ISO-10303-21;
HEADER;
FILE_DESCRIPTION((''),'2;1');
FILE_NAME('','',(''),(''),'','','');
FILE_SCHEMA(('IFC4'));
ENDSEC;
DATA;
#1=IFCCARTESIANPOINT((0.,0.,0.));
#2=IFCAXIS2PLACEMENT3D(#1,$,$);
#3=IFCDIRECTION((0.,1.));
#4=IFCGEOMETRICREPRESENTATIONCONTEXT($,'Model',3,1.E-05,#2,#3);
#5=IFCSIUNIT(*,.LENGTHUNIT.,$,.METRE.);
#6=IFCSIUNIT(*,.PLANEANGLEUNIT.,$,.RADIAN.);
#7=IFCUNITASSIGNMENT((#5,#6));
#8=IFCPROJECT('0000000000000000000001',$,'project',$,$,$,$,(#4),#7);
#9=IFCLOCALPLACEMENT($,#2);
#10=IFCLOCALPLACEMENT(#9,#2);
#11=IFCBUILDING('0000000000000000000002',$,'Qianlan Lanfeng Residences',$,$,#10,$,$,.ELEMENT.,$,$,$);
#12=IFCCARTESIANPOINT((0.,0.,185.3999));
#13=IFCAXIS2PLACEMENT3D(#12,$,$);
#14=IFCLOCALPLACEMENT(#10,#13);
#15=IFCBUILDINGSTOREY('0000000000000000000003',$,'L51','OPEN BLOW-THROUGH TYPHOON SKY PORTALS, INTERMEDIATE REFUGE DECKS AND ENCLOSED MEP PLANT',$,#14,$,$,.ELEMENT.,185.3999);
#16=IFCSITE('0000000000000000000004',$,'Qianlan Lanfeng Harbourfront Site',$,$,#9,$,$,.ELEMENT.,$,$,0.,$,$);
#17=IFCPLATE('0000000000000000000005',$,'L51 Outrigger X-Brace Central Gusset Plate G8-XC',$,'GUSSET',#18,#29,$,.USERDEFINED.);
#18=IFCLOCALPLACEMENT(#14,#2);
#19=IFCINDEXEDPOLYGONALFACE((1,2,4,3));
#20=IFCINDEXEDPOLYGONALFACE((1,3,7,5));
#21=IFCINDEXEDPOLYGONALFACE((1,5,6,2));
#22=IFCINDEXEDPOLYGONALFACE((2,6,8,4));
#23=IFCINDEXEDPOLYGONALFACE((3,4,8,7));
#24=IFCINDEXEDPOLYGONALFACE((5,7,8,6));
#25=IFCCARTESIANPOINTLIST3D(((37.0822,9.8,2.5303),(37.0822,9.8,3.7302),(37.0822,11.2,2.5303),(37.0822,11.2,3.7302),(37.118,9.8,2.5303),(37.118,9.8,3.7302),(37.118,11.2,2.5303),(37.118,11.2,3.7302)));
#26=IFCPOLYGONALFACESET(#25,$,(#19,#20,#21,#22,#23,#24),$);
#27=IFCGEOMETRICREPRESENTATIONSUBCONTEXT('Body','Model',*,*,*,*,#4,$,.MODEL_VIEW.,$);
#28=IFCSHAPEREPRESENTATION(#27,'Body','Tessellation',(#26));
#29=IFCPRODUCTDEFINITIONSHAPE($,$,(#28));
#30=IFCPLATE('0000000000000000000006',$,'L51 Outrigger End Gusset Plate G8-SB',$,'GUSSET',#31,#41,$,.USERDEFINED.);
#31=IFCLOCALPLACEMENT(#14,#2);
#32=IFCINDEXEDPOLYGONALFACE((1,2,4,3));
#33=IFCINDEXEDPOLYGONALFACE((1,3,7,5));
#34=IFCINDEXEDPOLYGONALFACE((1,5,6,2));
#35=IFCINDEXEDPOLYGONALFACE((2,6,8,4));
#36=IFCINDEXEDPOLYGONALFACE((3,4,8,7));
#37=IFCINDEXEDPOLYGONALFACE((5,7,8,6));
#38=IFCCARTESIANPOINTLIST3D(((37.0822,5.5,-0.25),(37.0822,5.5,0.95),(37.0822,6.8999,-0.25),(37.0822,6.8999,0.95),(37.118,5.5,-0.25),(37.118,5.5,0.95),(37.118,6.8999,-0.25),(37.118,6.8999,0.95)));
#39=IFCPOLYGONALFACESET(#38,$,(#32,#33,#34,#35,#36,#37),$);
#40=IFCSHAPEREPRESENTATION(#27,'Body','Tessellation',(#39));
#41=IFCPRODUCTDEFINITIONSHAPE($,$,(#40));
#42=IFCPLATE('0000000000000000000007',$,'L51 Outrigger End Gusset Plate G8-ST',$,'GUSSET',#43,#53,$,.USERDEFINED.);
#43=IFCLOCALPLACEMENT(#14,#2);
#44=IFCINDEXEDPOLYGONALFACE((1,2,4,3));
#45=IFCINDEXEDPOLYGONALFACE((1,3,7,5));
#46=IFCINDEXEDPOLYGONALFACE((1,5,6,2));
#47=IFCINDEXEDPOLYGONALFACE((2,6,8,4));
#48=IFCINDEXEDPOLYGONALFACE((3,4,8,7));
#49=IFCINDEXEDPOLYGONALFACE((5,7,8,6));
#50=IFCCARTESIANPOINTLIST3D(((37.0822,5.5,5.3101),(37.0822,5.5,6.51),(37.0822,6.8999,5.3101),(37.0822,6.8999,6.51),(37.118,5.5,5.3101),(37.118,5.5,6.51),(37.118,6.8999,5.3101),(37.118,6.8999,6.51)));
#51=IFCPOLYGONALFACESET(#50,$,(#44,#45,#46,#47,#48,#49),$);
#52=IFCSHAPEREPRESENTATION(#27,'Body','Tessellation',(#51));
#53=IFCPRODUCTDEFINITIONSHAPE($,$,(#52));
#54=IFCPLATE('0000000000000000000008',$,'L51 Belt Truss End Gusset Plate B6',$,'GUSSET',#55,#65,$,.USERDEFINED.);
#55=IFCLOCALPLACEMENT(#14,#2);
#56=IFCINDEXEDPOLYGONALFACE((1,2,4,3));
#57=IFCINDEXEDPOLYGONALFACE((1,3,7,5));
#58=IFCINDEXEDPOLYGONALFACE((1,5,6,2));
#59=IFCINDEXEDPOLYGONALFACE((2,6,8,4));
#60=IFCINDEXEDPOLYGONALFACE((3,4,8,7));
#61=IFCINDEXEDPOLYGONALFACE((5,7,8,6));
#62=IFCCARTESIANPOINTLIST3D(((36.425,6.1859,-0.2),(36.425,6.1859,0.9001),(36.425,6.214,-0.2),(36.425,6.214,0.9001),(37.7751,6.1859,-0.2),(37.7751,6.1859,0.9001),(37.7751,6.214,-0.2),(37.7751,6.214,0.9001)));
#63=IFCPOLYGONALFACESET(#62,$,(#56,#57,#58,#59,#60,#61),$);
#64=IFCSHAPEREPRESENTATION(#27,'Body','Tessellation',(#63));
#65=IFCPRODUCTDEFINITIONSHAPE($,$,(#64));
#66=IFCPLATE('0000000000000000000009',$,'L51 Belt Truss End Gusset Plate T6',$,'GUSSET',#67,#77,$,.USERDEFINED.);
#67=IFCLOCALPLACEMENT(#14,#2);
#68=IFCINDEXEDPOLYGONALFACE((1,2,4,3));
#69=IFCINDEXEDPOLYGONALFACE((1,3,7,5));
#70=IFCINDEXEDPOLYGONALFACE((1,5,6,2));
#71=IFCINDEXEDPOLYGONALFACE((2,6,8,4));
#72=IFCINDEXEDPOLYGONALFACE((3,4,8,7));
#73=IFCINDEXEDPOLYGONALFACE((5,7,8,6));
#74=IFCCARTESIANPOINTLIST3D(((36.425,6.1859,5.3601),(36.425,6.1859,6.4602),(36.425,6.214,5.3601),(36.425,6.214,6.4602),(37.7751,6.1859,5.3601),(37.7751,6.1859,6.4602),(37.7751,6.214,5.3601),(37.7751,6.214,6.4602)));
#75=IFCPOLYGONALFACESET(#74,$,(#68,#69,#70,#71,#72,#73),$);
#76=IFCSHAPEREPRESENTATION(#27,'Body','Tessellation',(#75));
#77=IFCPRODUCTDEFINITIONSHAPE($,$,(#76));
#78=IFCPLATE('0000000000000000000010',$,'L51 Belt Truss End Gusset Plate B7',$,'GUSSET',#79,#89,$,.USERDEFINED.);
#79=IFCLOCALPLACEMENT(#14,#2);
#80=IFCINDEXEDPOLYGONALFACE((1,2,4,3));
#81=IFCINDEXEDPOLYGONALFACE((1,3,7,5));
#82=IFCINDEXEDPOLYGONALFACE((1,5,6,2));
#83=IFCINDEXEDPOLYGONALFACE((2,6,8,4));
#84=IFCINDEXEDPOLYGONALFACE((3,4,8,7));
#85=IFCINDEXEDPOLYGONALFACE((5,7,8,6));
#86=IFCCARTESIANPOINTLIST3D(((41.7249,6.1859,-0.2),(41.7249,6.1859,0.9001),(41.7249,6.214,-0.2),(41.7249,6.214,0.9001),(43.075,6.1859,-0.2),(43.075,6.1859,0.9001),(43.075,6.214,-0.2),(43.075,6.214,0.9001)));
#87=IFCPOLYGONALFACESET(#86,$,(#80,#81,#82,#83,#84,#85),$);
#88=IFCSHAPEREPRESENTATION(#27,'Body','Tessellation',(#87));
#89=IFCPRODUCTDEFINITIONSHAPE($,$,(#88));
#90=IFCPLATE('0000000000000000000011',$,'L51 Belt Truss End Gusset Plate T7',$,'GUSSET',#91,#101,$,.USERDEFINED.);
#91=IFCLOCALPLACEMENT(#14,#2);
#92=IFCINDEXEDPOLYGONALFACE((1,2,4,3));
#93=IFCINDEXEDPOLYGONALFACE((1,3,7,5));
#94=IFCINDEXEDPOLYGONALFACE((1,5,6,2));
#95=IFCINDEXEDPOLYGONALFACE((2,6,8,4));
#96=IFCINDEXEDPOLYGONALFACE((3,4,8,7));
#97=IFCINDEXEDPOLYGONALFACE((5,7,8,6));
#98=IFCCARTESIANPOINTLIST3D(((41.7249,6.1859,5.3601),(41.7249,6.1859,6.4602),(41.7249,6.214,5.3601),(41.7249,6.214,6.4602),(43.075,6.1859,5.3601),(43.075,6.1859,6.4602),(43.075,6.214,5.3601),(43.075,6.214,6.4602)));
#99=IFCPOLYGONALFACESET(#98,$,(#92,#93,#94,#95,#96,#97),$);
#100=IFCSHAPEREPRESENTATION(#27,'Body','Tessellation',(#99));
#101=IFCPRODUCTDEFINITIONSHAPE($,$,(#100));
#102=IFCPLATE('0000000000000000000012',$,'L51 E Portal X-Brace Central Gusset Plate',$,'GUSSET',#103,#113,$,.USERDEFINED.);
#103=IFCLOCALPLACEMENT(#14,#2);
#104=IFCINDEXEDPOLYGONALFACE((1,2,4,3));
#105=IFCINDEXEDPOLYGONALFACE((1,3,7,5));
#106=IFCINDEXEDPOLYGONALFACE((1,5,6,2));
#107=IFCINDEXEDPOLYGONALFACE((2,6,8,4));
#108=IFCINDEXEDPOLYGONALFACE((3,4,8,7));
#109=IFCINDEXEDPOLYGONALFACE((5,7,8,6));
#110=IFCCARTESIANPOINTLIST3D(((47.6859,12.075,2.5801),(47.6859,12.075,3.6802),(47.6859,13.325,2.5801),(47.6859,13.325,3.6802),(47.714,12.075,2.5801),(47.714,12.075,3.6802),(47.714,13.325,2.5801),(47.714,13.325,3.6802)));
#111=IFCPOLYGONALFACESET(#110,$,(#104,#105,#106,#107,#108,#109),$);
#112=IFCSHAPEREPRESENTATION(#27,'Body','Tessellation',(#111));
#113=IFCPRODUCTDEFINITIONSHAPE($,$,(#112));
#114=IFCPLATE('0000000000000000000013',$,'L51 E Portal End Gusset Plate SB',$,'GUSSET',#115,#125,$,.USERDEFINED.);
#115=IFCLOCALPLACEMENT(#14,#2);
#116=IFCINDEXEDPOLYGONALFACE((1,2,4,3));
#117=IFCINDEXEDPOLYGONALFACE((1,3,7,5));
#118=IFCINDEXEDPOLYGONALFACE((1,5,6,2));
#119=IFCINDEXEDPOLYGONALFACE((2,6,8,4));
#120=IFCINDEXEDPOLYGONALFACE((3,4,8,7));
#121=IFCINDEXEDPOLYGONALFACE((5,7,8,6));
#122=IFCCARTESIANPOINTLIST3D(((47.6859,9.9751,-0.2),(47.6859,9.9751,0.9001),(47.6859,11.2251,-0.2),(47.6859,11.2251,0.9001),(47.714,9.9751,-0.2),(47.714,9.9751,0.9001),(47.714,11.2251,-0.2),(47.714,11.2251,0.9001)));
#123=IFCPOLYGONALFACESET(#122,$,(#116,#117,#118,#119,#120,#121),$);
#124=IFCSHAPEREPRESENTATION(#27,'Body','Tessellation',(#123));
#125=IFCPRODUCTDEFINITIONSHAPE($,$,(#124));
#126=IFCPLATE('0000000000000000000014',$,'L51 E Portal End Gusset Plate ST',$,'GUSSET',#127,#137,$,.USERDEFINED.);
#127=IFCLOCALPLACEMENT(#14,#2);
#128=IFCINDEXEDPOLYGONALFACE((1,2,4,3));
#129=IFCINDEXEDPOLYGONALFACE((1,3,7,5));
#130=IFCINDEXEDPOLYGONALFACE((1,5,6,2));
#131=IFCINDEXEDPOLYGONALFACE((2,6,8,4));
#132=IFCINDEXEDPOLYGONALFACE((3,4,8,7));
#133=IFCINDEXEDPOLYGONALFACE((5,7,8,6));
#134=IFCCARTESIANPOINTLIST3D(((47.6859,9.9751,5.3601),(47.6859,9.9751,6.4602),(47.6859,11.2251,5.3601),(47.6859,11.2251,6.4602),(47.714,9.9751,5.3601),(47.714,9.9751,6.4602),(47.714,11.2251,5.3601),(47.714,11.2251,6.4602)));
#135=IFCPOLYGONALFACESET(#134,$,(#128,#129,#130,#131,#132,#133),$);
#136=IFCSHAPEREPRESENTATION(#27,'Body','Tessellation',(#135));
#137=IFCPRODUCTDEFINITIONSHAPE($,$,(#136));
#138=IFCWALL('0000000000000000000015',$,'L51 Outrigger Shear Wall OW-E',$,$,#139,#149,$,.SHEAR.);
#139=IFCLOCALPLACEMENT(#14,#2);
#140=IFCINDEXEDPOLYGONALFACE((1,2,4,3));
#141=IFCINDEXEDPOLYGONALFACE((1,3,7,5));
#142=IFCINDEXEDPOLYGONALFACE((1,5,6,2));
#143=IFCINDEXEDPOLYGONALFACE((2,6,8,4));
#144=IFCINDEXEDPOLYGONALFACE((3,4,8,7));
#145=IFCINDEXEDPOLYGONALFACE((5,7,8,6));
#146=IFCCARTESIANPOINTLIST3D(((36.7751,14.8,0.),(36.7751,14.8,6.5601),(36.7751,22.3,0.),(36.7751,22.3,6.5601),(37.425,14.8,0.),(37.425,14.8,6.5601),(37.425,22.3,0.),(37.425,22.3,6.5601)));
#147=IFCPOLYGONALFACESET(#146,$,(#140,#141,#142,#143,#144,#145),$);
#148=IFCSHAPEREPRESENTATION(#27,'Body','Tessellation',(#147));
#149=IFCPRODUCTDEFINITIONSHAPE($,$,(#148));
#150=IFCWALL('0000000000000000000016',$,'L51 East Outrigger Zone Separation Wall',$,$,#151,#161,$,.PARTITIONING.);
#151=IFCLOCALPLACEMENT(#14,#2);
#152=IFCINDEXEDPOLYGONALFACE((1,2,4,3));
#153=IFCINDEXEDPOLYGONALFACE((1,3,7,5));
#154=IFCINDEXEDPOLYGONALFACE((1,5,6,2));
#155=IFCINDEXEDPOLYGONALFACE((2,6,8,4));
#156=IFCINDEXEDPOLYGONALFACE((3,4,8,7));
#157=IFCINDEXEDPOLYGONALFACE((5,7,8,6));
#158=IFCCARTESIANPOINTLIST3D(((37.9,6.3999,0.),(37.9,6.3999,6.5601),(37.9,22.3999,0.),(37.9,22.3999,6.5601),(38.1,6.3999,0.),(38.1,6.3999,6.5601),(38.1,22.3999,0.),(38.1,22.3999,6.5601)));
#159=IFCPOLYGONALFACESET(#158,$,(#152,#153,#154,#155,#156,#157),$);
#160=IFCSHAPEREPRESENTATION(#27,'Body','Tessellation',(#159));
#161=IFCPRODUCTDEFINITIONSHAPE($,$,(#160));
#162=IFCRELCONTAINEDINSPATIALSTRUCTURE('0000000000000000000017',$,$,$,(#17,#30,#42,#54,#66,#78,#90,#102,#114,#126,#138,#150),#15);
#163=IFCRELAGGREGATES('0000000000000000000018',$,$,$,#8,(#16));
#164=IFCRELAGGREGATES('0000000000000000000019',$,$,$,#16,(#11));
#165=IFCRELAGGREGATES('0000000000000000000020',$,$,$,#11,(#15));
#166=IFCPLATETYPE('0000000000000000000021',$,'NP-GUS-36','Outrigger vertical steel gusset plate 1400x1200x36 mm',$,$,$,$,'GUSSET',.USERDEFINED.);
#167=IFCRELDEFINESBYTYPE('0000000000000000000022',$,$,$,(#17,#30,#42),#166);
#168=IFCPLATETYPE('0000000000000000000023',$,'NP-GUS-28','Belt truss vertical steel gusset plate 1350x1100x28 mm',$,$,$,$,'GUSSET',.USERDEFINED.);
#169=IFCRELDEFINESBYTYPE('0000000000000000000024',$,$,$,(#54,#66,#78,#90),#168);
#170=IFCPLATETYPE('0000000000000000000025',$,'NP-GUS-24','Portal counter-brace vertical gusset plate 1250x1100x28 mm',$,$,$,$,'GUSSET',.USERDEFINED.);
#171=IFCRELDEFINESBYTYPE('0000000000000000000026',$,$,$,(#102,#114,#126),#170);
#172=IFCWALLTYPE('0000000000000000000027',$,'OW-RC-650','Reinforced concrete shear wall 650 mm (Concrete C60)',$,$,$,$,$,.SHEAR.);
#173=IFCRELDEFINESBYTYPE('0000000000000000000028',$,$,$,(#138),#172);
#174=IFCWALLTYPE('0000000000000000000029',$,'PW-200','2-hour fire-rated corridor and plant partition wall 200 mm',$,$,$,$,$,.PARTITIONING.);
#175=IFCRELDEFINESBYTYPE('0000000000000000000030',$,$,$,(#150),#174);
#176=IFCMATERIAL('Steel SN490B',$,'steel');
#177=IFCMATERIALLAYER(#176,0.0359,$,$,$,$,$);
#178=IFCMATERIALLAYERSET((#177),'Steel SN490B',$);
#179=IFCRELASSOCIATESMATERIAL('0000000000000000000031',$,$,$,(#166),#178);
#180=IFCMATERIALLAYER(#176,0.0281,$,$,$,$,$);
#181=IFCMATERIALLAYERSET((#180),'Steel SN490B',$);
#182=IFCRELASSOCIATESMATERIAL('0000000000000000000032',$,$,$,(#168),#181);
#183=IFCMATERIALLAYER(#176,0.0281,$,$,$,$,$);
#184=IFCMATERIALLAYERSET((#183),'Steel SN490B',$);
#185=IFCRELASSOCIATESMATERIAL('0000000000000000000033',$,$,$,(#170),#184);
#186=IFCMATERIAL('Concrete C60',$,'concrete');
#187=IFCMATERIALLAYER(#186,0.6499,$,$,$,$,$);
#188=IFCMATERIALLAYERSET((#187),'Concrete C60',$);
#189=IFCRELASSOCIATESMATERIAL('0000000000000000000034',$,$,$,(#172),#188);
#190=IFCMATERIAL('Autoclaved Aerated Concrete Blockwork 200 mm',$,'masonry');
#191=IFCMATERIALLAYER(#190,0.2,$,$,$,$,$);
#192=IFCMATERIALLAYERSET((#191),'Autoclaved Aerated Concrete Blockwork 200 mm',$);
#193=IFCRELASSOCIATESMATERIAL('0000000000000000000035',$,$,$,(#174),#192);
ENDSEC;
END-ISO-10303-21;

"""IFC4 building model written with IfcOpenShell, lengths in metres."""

from ifc_helpers import new_model, si_unit, direction, frame, frame_2d, origin, origin_2d, place, context, subcontext, project, spatial, rectangle, extrude, source, transform, mapped, material, layer, layer_set, type_object, element, save


model = new_model("IFC4")

# Units and contexts
model_context = context("Model", 3, precision=1e-05, world=origin(), true_north=direction((0.0, 1.0)))
body_context = subcontext(model_context, "Body", "Model", "MODEL_VIEW")
ifc_project = project(units=[si_unit("LENGTHUNIT", "METRE"), si_unit("PLANEANGLEUNIT", "RADIAN")], contexts=[model_context])

# Site, building, storey
site_placement = place(None, origin())
site = spatial("IfcSite", under=ifc_project, at=site_placement, Name="Qianlan Lanfeng Harbourfront Site", CompositionType="ELEMENT", RefElevation=0.0)
building_placement = place(site_placement, origin())
building = spatial("IfcBuilding", under=site, at=building_placement, Name="Qianlan Lanfeng Residences", CompositionType="ELEMENT")
storey_placement = place(building_placement, frame((0.0, 0.0, 185.3999)))
storey = spatial("IfcBuildingStorey", under=building, at=storey_placement, Name="L51", Description="OPEN BLOW-THROUGH TYPHOON SKY PORTALS, INTERMEDIATE REFUGE DECKS AND ENCLOSED MEP PLANT", CompositionType="ELEMENT", Elevation=185.3999)

# Shared definitions
ifc_material_1 = material(Name="Steel SN490B", Category="steel")

# Plates
ifc_layer_1 = layer(ifc_material_1, 0.0359)
ifc_layer_set_1 = layer_set([ifc_layer_1], Name="Steel SN490B")
plate_type_1 = type_object("IfcPlateType", Name="NP-GUS-36", Description="Outrigger vertical steel gusset plate 1400x1200x36 mm", ElementType="GUSSET", PredefinedType="USERDEFINED", material=ifc_layer_set_1)
shared_shape_1 = source(origin(), body_context, "Body", "SweptSolid", [
    extrude(rectangle(XDim=0.0359, YDim=1.3999, at=origin_2d()), origin(), (0.0, 0.0, 1.0), 1.2),
])
for number, where, z_axis, x_axis, name in (
    (1, (37.1001, 10.5, 2.5303), (0.0, 0.0, 1.0), (1.0, 0.0, 0.0), "L51 Outrigger X-Brace Central Gusset Plate G8-XC"),
    (2, (37.1001, 6.2, -0.25), (0.0, 0.0, 1.0), (1.0, 0.0, 0.0), "L51 Outrigger End Gusset Plate G8-SB"),
    (3, (37.1001, 6.2, 5.3101), (0.0, 0.0, 1.0), (1.0, 0.0, 0.0), "L51 Outrigger End Gusset Plate G8-ST"),
):
    element("IfcPlate", number, at=place(storey_placement, frame(where, z_axis=z_axis, x_axis=x_axis)), inside=storey, type_object=plate_type_1, Name=name, ObjectType="GUSSET", PredefinedType="USERDEFINED", context=body_context, shape_type="MappedRepresentation", body=[
        mapped(shared_shape_1, transform((0.0, 0.0, 0.0), scale=1.0)),
    ])
ifc_layer_2 = layer(ifc_material_1, 0.0281)
ifc_layer_set_2 = layer_set([ifc_layer_2], Name="Steel SN490B")
plate_type_2 = type_object("IfcPlateType", Name="NP-GUS-28", Description="Belt truss vertical steel gusset plate 1350x1100x28 mm", ElementType="GUSSET", PredefinedType="USERDEFINED", material=ifc_layer_set_2)
shared_shape_2 = source(origin(), body_context, "Body", "SweptSolid", [
    extrude(rectangle(XDim=1.3501, YDim=0.0281, at=origin_2d()), origin(), (0.0, 0.0, 1.0), 1.1001),
])
for number, where, z_axis, x_axis, name in (
    (4, (37.1001, 6.2, -0.2), (0.0, 0.0, 1.0), (1.0, 0.0, 0.0), "L51 Belt Truss End Gusset Plate B6"),
    (5, (37.1001, 6.2, 5.3601), (0.0, 0.0, 1.0), (1.0, 0.0, 0.0), "L51 Belt Truss End Gusset Plate T6"),
    (6, (42.3999, 6.2, -0.2), (0.0, 0.0, 1.0), (1.0, 0.0, 0.0), "L51 Belt Truss End Gusset Plate B7"),
    (7, (42.3999, 6.2, 5.3601), (0.0, 0.0, 1.0), (1.0, 0.0, 0.0), "L51 Belt Truss End Gusset Plate T7"),
):
    element("IfcPlate", number, at=place(storey_placement, frame(where, z_axis=z_axis, x_axis=x_axis)), inside=storey, type_object=plate_type_2, Name=name, ObjectType="GUSSET", PredefinedType="USERDEFINED", context=body_context, shape_type="MappedRepresentation", body=[
        mapped(shared_shape_2, transform((0.0, 0.0, 0.0), scale=1.0)),
    ])
ifc_layer_3 = layer(ifc_material_1, 0.0281)
ifc_layer_set_3 = layer_set([ifc_layer_3], Name="Steel SN490B")
plate_type_3 = type_object("IfcPlateType", Name="NP-GUS-24", Description="Portal counter-brace vertical gusset plate 1250x1100x28 mm", ElementType="GUSSET", PredefinedType="USERDEFINED", material=ifc_layer_set_3)
shared_shape_3 = source(origin(), body_context, "Body", "SweptSolid", [
    extrude(rectangle(XDim=0.0281, YDim=1.25, at=origin_2d()), origin(), (0.0, 0.0, 1.0), 1.1001),
])
for number, where, z_axis, x_axis, name in (
    (8, (47.7, 12.7, 2.5801), (0.0, 0.0, 1.0), (1.0, 0.0, 0.0), "L51 E Portal X-Brace Central Gusset Plate"),
    (9, (47.7, 10.6001, -0.2), (0.0, 0.0, 1.0), (1.0, 0.0, 0.0), "L51 E Portal End Gusset Plate SB"),
    (10, (47.7, 10.6001, 5.3601), (0.0, 0.0, 1.0), (1.0, 0.0, 0.0), "L51 E Portal End Gusset Plate ST"),
):
    element("IfcPlate", number, at=place(storey_placement, frame(where, z_axis=z_axis, x_axis=x_axis)), inside=storey, type_object=plate_type_3, Name=name, ObjectType="GUSSET", PredefinedType="USERDEFINED", context=body_context, shape_type="MappedRepresentation", body=[
        mapped(shared_shape_3, transform((0.0, 0.0, 0.0), scale=1.0)),
    ])

# Walls
ifc_material_2 = material(Name="Concrete C60", Category="concrete")
ifc_layer_4 = layer(ifc_material_2, 0.6499)
ifc_layer_set_4 = layer_set([ifc_layer_4], Name="Concrete C60")
wall_type_1 = type_object("IfcWallType", Name="OW-RC-650", Description="Reinforced concrete shear wall 650 mm (Concrete C60)", PredefinedType="SHEAR", material=ifc_layer_set_4)
wall_1_placement = place(storey_placement, frame((37.1001, 14.8, 0.0), z_axis=(0.0, 0.0, 1.0), x_axis=(0.0, 1.0, 0.0)))
element("IfcWall", 11, at=wall_1_placement, inside=storey, type_object=wall_type_1, Name="L51 Outrigger Shear Wall OW-E", PredefinedType="SHEAR", context=body_context, shape_type="SweptSolid", body=[
    extrude(rectangle(XDim=7.5, YDim=0.6499, at=frame_2d((3.75, 0.0))), origin(), (0.0, 0.0, 1.0), 6.5601),
])
ifc_material_3 = material(Name="Autoclaved Aerated Concrete Blockwork 200 mm", Category="masonry")
ifc_layer_5 = layer(ifc_material_3, 0.2)
ifc_layer_set_5 = layer_set([ifc_layer_5], Name="Autoclaved Aerated Concrete Blockwork 200 mm")
wall_type_2 = type_object("IfcWallType", Name="PW-200", Description="2-hour fire-rated corridor and plant partition wall 200 mm", PredefinedType="PARTITIONING", material=ifc_layer_set_5)
wall_2_placement = place(storey_placement, frame((38.0, 6.3999, 0.0), z_axis=(0.0, 0.0, 1.0), x_axis=(0.0, 1.0, 0.0)))
element("IfcWall", 12, at=wall_2_placement, inside=storey, type_object=wall_type_2, Name="L51 East Outrigger Zone Separation Wall", PredefinedType="PARTITIONING", context=body_context, shape_type="SweptSolid", body=[
    extrude(rectangle(XDim=16.0, YDim=0.2, at=frame_2d((8.0, 0.0))), origin(), (0.0, 0.0, 1.0), 6.5601),
])

save(model, "model.ifc")
